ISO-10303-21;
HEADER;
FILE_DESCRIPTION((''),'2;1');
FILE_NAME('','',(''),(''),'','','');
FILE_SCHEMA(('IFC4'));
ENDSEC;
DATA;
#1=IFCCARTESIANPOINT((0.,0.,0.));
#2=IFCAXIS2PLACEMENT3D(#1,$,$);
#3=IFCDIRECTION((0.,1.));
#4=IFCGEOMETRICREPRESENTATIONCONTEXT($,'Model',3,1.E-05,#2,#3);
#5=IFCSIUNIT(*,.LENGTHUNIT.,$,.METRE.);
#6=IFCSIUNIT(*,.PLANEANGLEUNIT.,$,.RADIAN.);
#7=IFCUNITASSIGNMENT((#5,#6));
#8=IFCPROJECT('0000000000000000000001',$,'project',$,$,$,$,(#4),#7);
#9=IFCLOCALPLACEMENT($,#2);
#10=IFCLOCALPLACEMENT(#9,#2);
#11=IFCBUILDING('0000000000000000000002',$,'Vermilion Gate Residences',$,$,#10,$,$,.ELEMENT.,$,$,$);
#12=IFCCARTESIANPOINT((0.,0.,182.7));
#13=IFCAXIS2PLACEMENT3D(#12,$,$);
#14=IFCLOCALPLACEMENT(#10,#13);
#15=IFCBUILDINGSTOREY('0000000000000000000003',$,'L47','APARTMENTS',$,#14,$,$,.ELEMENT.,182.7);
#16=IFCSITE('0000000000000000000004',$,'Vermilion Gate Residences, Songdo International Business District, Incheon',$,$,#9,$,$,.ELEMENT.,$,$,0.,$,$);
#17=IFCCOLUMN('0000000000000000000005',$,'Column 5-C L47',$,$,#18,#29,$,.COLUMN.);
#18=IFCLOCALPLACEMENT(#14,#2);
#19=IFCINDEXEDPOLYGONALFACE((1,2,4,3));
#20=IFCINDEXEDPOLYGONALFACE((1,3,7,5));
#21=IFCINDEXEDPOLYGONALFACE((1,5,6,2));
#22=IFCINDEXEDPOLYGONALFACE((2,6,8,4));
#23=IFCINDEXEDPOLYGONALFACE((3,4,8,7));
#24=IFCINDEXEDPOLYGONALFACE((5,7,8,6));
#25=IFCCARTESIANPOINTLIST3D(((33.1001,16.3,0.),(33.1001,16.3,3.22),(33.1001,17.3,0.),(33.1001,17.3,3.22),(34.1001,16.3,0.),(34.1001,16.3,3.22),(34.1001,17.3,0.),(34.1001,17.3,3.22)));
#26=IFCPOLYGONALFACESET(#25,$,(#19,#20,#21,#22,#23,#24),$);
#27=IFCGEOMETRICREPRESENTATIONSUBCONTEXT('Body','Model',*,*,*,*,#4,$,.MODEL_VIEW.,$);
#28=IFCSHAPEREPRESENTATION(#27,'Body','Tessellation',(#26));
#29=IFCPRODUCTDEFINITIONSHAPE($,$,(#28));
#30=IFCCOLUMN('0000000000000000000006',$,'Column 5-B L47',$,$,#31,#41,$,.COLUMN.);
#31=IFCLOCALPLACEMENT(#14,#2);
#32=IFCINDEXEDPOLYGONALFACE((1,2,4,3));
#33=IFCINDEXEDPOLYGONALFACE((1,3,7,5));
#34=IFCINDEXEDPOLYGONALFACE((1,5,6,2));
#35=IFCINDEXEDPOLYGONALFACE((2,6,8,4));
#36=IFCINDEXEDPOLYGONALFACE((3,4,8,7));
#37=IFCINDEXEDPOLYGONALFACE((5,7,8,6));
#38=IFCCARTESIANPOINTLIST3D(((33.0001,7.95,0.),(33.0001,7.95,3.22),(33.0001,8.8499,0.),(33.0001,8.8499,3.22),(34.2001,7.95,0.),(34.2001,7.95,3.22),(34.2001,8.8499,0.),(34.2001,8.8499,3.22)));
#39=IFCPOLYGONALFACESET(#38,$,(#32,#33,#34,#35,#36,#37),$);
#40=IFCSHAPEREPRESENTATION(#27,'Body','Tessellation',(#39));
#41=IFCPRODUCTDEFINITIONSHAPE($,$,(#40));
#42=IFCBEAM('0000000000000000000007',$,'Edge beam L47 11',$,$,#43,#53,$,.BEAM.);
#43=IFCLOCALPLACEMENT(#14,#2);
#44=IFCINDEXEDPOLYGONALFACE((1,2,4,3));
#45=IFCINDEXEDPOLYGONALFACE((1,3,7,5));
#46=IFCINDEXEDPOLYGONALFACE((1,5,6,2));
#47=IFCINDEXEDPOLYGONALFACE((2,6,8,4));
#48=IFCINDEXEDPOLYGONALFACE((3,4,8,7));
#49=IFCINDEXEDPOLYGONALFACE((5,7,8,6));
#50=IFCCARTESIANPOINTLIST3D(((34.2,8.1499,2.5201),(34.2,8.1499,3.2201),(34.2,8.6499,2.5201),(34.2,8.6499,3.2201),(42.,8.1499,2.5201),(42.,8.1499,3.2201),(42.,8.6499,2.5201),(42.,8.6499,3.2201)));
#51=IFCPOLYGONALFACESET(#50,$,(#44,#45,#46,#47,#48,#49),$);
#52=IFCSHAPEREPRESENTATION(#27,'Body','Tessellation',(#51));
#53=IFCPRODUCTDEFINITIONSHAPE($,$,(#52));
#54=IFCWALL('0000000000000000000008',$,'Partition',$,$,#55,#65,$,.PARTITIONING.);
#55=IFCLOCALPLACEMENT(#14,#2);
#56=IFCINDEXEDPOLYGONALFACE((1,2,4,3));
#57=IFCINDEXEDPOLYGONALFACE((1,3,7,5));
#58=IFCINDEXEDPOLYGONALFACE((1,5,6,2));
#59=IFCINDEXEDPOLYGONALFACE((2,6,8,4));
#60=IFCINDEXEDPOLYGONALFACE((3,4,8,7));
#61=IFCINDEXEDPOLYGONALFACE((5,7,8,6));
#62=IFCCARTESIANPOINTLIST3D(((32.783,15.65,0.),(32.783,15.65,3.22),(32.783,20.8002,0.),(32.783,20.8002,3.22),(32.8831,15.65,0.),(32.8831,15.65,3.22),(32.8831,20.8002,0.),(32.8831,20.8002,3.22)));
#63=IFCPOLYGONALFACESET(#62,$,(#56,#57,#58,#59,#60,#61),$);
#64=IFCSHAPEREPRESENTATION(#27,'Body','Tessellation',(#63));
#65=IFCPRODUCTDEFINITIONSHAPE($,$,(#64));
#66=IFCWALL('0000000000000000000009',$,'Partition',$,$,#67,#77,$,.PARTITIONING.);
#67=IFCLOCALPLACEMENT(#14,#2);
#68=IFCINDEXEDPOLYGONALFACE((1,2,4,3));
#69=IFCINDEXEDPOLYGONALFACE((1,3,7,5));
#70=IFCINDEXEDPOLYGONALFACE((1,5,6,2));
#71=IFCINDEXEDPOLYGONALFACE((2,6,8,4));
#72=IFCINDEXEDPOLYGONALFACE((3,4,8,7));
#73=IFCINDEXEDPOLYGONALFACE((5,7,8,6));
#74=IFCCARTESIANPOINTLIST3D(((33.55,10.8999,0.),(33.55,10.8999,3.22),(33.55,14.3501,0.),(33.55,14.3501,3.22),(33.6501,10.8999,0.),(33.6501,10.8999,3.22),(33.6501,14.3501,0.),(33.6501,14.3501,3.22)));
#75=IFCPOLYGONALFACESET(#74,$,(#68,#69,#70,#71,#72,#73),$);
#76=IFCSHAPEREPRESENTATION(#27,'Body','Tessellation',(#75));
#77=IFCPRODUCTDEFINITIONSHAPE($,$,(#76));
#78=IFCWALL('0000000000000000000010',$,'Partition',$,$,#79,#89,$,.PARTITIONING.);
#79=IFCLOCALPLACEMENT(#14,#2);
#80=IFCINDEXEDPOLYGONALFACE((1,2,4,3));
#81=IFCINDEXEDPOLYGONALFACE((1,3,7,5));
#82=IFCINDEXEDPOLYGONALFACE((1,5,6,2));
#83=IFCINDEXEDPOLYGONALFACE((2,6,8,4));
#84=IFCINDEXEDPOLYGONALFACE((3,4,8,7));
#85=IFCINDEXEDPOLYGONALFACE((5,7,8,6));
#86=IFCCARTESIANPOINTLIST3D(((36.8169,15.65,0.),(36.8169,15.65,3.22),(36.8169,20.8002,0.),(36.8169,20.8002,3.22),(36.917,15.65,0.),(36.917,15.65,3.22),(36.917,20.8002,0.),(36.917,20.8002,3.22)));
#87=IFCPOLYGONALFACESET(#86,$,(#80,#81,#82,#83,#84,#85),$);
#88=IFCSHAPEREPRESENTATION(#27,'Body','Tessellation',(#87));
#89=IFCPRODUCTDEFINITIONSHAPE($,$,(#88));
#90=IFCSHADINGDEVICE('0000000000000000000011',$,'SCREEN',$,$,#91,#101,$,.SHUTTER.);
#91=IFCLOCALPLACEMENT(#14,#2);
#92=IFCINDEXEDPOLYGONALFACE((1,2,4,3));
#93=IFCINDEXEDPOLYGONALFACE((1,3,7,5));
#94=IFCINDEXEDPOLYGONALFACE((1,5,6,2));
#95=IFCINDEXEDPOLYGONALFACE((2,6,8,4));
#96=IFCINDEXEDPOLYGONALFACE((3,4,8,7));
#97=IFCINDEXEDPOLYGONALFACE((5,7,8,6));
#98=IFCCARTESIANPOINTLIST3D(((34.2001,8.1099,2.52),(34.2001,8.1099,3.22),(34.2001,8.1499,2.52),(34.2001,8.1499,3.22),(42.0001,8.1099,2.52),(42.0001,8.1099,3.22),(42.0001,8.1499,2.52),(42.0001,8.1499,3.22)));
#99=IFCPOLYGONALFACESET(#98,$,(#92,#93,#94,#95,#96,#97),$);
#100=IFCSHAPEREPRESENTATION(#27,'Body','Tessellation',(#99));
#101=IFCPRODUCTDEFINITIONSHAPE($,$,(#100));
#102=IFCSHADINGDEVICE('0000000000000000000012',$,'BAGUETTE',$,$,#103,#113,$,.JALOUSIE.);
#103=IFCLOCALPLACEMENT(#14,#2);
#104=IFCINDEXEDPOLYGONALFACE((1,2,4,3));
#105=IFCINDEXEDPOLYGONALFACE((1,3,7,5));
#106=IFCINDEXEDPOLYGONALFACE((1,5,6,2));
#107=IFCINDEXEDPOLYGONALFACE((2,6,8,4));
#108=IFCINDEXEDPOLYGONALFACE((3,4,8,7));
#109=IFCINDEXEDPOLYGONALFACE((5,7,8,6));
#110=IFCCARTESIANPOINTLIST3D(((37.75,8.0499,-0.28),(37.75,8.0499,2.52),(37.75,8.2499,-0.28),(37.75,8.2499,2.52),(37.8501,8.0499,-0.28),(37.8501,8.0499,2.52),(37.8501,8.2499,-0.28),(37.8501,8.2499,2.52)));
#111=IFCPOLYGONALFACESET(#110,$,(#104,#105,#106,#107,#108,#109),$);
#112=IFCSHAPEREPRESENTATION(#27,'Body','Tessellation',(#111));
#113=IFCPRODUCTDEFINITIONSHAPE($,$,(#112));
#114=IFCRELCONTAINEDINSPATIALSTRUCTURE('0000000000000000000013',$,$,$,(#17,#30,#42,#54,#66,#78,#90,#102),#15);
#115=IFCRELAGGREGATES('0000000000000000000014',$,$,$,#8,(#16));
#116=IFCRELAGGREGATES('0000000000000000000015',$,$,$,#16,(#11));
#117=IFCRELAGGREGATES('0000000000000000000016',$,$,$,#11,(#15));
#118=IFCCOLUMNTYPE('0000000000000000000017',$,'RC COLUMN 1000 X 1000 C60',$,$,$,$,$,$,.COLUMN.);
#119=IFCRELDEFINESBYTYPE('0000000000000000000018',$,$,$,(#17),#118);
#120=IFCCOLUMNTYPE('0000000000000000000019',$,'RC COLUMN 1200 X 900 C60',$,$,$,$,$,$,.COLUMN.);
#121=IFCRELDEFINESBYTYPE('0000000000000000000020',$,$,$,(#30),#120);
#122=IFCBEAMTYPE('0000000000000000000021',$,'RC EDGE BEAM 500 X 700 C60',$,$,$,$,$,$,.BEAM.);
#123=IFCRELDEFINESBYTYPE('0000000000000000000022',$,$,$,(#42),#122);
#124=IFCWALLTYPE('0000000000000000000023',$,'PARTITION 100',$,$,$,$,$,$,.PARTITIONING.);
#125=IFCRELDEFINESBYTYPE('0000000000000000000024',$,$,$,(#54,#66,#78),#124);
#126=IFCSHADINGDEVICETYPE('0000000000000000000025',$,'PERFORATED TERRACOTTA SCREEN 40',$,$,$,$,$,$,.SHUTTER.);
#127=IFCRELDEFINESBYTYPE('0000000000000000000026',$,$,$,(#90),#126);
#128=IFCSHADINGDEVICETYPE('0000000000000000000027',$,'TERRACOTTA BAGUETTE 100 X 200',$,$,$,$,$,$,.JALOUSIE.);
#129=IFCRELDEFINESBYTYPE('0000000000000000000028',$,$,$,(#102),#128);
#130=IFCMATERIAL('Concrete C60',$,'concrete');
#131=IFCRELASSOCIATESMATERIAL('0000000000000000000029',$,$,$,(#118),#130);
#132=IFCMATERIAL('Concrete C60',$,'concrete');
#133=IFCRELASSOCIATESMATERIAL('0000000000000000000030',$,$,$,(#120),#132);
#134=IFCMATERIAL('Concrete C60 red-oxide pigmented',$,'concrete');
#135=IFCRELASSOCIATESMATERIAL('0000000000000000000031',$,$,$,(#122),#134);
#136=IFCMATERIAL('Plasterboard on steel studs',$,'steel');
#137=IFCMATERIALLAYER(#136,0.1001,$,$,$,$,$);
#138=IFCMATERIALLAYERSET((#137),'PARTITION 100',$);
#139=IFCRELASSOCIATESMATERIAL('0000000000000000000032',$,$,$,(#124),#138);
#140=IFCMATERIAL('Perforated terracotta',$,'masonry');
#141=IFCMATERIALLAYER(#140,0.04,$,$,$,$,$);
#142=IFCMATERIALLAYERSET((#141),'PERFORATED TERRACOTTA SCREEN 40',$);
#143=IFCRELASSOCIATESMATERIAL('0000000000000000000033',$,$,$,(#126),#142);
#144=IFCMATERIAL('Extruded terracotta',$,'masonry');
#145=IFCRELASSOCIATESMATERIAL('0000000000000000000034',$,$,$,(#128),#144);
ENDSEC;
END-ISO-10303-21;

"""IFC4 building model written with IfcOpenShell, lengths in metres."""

from ifc_helpers import new_model, si_unit, direction, frame, frame_2d, origin, origin_2d, place, context, subcontext, project, spatial, rectangle, extrude, material, layer, layer_set, material_profile, profile_set, type_object, element, save


model = new_model("IFC4")

# Units and contexts
model_context = context("Model", 3, precision=1e-05, world=origin(), true_north=direction((0.0, 1.0)))
body_context = subcontext(model_context, "Body", "Model", "MODEL_VIEW")
ifc_project = project(units=[si_unit("LENGTHUNIT", "METRE"), si_unit("PLANEANGLEUNIT", "RADIAN")], contexts=[model_context])

# Site, building, storey
site_placement = place(None, origin())
site = spatial("IfcSite", under=ifc_project, at=site_placement, Name="Vermilion Gate Residences, Songdo International Business District, Incheon", CompositionType="ELEMENT", RefElevation=0.0)
building_placement = place(site_placement, origin())
building = spatial("IfcBuilding", under=site, at=building_placement, Name="Vermilion Gate Residences", CompositionType="ELEMENT")
storey_placement = place(building_placement, frame((0.0, 0.0, 182.7)))
storey = spatial("IfcBuildingStorey", under=building, at=storey_placement, Name="L47", Description="APARTMENTS", CompositionType="ELEMENT", Elevation=182.7)

# Columns
ifc_material_1 = material(Name="Concrete C60", Category="concrete")
ifc_material_profile_1 = material_profile(ifc_material_1, rectangle(XDim=1.0, YDim=1.0, at=origin_2d()), Name="RC-1000x1000")
ifc_profile_set_1 = profile_set([ifc_material_profile_1], Name="Concrete C60")
column_type_1 = type_object("IfcColumnType", Name="RC COLUMN 1000 X 1000 C60", PredefinedType="COLUMN", material=ifc_profile_set_1)
column_1_placement = place(storey_placement, frame((33.6001, 16.8, 0.0), z_axis=(0.0, 0.0, 1.0), x_axis=(1.0, 0.0, 0.0)))
element("IfcColumn", 1, at=column_1_placement, inside=storey, type_object=column_type_1, Name="Column 5-C L47", PredefinedType="COLUMN", context=body_context, shape_type="SweptSolid", body=[
    extrude(rectangle(XDim=1.0, YDim=1.0, at=origin_2d()), origin(), (0.0, 0.0, 1.0), 3.22),
])
ifc_material_2 = material(Name="Concrete C60", Category="concrete")
ifc_material_profile_2 = material_profile(ifc_material_2, rectangle(XDim=1.2, YDim=0.8999, at=origin_2d()), Name="RC-1200x900")
ifc_profile_set_2 = profile_set([ifc_material_profile_2], Name="Concrete C60")
column_type_2 = type_object("IfcColumnType", Name="RC COLUMN 1200 X 900 C60", PredefinedType="COLUMN", material=ifc_profile_set_2)
column_2_placement = place(storey_placement, frame((33.6001, 8.3999, 0.0), z_axis=(0.0, 0.0, 1.0), x_axis=(1.0, 0.0, 0.0)))
element("IfcColumn", 2, at=column_2_placement, inside=storey, type_object=column_type_2, Name="Column 5-B L47", PredefinedType="COLUMN", context=body_context, shape_type="SweptSolid", body=[
    extrude(rectangle(XDim=1.2, YDim=0.8999, at=origin_2d()), origin(), (0.0, 0.0, 1.0), 3.22),
])

# Beam
ifc_material_3 = material(Name="Concrete C60 red-oxide pigmented", Category="concrete")
ifc_material_profile_3 = material_profile(ifc_material_3, rectangle(XDim=0.5, YDim=0.7, at=origin_2d()), Name="RC-500x700")
ifc_profile_set_3 = profile_set([ifc_material_profile_3], Name="Concrete C60 red-oxide pigmented")
beam_type = type_object("IfcBeamType", Name="RC EDGE BEAM 500 X 700 C60", PredefinedType="BEAM", material=ifc_profile_set_3)
beam_placement = place(storey_placement, frame((34.2, 8.3999, 2.8701), z_axis=(1.0, 0.0, 0.0), x_axis=(0.0, 1.0, 0.0)))
element("IfcBeam", 3, at=beam_placement, inside=storey, type_object=beam_type, Name="Edge beam L47 11", PredefinedType="BEAM", context=body_context, shape_type="SweptSolid", body=[
    extrude(rectangle(XDim=0.5, YDim=0.7, at=origin_2d()), origin(), (0.0, 0.0, 1.0), 7.8),
])

# Walls
ifc_material_4 = material(Name="Plasterboard on steel studs", Category="steel")
ifc_layer_1 = layer(ifc_material_4, 0.1001)
ifc_layer_set_1 = layer_set([ifc_layer_1], Name="PARTITION 100")
wall_type = type_object("IfcWallType", Name="PARTITION 100", PredefinedType="PARTITIONING", material=ifc_layer_set_1)
wall_1_placement = place(storey_placement, frame((32.833, 15.6499, 0.0), z_axis=(0.0, 0.0, 1.0), x_axis=(0.0, 1.0, 0.0)))
element("IfcWall", 4, at=wall_1_placement, inside=storey, type_object=wall_type, Name="Partition", PredefinedType="PARTITIONING", context=body_context, shape_type="SweptSolid", body=[
    extrude(rectangle(XDim=5.1501, YDim=0.1001, at=frame_2d((2.5752, 0.0))), origin(), (0.0, 0.0, 1.0), 3.22),
])
wall_2_placement = place(storey_placement, frame((33.6001, 10.8999, 0.0), z_axis=(0.0, 0.0, 1.0), x_axis=(0.0, 1.0, 0.0)))
element("IfcWall", 5, at=wall_2_placement, inside=storey, type_object=wall_type, Name="Partition", PredefinedType="PARTITIONING", context=body_context, shape_type="SweptSolid", body=[
    extrude(rectangle(XDim=3.4502, YDim=0.1001, at=frame_2d((1.7251, 0.0))), origin(), (0.0, 0.0, 1.0), 3.22),
])
wall_3_placement = place(storey_placement, frame((36.8669, 15.6499, 0.0), z_axis=(0.0, 0.0, 1.0), x_axis=(0.0, 1.0, 0.0)))
element("IfcWall", 6, at=wall_3_placement, inside=storey, type_object=wall_type, Name="Partition", PredefinedType="PARTITIONING", context=body_context, shape_type="SweptSolid", body=[
    extrude(rectangle(XDim=5.1501, YDim=0.1001, at=frame_2d((2.5752, 0.0))), origin(), (0.0, 0.0, 1.0), 3.22),
])

# Shading devices
ifc_material_5 = material(Name="Perforated terracotta", Category="masonry")
ifc_layer_2 = layer(ifc_material_5, 0.04)
ifc_layer_set_2 = layer_set([ifc_layer_2], Name="PERFORATED TERRACOTTA SCREEN 40")
shading_device_type_1 = type_object("IfcShadingDeviceType", Name="PERFORATED TERRACOTTA SCREEN 40", PredefinedType="SHUTTER", material=ifc_layer_set_2)
shading_device_1_placement = place(storey_placement, frame((38.1001, 8.1299, 2.52), z_axis=(0.0, 0.0, 1.0), x_axis=(1.0, 0.0, 0.0)))
element("IfcShadingDevice", 7, at=shading_device_1_placement, inside=storey, type_object=shading_device_type_1, Name="SCREEN", PredefinedType="SHUTTER", context=body_context, shape_type="SweptSolid", body=[
    extrude(rectangle(XDim=7.8, YDim=0.04, at=origin_2d()), origin(), (0.0, 0.0, 1.0), 0.7),
])
ifc_material_6 = material(Name="Extruded terracotta", Category="masonry")
ifc_material_profile_4 = material_profile(ifc_material_6, rectangle(XDim=0.2, YDim=0.1001, at=origin_2d()), Name="BAGUETTE 100 X 200")
ifc_profile_set_4 = profile_set([ifc_material_profile_4], Name="Extruded terracotta")
shading_device_type_2 = type_object("IfcShadingDeviceType", Name="TERRACOTTA BAGUETTE 100 X 200", PredefinedType="JALOUSIE", material=ifc_profile_set_4)
shading_device_2_placement = place(storey_placement, frame((37.8, 8.1499, -0.28), z_axis=(0.0, 0.0, 1.0), x_axis=(0.0, 1.0, 0.0)))
element("IfcShadingDevice", 8, at=shading_device_2_placement, inside=storey, type_object=shading_device_type_2, Name="BAGUETTE", PredefinedType="JALOUSIE", context=body_context, shape_type="SweptSolid", body=[
    extrude(rectangle(XDim=0.2, YDim=0.1001, at=origin_2d()), origin(), (0.0, 0.0, 1.0), 2.8),
])

save(model, "model.ifc")
